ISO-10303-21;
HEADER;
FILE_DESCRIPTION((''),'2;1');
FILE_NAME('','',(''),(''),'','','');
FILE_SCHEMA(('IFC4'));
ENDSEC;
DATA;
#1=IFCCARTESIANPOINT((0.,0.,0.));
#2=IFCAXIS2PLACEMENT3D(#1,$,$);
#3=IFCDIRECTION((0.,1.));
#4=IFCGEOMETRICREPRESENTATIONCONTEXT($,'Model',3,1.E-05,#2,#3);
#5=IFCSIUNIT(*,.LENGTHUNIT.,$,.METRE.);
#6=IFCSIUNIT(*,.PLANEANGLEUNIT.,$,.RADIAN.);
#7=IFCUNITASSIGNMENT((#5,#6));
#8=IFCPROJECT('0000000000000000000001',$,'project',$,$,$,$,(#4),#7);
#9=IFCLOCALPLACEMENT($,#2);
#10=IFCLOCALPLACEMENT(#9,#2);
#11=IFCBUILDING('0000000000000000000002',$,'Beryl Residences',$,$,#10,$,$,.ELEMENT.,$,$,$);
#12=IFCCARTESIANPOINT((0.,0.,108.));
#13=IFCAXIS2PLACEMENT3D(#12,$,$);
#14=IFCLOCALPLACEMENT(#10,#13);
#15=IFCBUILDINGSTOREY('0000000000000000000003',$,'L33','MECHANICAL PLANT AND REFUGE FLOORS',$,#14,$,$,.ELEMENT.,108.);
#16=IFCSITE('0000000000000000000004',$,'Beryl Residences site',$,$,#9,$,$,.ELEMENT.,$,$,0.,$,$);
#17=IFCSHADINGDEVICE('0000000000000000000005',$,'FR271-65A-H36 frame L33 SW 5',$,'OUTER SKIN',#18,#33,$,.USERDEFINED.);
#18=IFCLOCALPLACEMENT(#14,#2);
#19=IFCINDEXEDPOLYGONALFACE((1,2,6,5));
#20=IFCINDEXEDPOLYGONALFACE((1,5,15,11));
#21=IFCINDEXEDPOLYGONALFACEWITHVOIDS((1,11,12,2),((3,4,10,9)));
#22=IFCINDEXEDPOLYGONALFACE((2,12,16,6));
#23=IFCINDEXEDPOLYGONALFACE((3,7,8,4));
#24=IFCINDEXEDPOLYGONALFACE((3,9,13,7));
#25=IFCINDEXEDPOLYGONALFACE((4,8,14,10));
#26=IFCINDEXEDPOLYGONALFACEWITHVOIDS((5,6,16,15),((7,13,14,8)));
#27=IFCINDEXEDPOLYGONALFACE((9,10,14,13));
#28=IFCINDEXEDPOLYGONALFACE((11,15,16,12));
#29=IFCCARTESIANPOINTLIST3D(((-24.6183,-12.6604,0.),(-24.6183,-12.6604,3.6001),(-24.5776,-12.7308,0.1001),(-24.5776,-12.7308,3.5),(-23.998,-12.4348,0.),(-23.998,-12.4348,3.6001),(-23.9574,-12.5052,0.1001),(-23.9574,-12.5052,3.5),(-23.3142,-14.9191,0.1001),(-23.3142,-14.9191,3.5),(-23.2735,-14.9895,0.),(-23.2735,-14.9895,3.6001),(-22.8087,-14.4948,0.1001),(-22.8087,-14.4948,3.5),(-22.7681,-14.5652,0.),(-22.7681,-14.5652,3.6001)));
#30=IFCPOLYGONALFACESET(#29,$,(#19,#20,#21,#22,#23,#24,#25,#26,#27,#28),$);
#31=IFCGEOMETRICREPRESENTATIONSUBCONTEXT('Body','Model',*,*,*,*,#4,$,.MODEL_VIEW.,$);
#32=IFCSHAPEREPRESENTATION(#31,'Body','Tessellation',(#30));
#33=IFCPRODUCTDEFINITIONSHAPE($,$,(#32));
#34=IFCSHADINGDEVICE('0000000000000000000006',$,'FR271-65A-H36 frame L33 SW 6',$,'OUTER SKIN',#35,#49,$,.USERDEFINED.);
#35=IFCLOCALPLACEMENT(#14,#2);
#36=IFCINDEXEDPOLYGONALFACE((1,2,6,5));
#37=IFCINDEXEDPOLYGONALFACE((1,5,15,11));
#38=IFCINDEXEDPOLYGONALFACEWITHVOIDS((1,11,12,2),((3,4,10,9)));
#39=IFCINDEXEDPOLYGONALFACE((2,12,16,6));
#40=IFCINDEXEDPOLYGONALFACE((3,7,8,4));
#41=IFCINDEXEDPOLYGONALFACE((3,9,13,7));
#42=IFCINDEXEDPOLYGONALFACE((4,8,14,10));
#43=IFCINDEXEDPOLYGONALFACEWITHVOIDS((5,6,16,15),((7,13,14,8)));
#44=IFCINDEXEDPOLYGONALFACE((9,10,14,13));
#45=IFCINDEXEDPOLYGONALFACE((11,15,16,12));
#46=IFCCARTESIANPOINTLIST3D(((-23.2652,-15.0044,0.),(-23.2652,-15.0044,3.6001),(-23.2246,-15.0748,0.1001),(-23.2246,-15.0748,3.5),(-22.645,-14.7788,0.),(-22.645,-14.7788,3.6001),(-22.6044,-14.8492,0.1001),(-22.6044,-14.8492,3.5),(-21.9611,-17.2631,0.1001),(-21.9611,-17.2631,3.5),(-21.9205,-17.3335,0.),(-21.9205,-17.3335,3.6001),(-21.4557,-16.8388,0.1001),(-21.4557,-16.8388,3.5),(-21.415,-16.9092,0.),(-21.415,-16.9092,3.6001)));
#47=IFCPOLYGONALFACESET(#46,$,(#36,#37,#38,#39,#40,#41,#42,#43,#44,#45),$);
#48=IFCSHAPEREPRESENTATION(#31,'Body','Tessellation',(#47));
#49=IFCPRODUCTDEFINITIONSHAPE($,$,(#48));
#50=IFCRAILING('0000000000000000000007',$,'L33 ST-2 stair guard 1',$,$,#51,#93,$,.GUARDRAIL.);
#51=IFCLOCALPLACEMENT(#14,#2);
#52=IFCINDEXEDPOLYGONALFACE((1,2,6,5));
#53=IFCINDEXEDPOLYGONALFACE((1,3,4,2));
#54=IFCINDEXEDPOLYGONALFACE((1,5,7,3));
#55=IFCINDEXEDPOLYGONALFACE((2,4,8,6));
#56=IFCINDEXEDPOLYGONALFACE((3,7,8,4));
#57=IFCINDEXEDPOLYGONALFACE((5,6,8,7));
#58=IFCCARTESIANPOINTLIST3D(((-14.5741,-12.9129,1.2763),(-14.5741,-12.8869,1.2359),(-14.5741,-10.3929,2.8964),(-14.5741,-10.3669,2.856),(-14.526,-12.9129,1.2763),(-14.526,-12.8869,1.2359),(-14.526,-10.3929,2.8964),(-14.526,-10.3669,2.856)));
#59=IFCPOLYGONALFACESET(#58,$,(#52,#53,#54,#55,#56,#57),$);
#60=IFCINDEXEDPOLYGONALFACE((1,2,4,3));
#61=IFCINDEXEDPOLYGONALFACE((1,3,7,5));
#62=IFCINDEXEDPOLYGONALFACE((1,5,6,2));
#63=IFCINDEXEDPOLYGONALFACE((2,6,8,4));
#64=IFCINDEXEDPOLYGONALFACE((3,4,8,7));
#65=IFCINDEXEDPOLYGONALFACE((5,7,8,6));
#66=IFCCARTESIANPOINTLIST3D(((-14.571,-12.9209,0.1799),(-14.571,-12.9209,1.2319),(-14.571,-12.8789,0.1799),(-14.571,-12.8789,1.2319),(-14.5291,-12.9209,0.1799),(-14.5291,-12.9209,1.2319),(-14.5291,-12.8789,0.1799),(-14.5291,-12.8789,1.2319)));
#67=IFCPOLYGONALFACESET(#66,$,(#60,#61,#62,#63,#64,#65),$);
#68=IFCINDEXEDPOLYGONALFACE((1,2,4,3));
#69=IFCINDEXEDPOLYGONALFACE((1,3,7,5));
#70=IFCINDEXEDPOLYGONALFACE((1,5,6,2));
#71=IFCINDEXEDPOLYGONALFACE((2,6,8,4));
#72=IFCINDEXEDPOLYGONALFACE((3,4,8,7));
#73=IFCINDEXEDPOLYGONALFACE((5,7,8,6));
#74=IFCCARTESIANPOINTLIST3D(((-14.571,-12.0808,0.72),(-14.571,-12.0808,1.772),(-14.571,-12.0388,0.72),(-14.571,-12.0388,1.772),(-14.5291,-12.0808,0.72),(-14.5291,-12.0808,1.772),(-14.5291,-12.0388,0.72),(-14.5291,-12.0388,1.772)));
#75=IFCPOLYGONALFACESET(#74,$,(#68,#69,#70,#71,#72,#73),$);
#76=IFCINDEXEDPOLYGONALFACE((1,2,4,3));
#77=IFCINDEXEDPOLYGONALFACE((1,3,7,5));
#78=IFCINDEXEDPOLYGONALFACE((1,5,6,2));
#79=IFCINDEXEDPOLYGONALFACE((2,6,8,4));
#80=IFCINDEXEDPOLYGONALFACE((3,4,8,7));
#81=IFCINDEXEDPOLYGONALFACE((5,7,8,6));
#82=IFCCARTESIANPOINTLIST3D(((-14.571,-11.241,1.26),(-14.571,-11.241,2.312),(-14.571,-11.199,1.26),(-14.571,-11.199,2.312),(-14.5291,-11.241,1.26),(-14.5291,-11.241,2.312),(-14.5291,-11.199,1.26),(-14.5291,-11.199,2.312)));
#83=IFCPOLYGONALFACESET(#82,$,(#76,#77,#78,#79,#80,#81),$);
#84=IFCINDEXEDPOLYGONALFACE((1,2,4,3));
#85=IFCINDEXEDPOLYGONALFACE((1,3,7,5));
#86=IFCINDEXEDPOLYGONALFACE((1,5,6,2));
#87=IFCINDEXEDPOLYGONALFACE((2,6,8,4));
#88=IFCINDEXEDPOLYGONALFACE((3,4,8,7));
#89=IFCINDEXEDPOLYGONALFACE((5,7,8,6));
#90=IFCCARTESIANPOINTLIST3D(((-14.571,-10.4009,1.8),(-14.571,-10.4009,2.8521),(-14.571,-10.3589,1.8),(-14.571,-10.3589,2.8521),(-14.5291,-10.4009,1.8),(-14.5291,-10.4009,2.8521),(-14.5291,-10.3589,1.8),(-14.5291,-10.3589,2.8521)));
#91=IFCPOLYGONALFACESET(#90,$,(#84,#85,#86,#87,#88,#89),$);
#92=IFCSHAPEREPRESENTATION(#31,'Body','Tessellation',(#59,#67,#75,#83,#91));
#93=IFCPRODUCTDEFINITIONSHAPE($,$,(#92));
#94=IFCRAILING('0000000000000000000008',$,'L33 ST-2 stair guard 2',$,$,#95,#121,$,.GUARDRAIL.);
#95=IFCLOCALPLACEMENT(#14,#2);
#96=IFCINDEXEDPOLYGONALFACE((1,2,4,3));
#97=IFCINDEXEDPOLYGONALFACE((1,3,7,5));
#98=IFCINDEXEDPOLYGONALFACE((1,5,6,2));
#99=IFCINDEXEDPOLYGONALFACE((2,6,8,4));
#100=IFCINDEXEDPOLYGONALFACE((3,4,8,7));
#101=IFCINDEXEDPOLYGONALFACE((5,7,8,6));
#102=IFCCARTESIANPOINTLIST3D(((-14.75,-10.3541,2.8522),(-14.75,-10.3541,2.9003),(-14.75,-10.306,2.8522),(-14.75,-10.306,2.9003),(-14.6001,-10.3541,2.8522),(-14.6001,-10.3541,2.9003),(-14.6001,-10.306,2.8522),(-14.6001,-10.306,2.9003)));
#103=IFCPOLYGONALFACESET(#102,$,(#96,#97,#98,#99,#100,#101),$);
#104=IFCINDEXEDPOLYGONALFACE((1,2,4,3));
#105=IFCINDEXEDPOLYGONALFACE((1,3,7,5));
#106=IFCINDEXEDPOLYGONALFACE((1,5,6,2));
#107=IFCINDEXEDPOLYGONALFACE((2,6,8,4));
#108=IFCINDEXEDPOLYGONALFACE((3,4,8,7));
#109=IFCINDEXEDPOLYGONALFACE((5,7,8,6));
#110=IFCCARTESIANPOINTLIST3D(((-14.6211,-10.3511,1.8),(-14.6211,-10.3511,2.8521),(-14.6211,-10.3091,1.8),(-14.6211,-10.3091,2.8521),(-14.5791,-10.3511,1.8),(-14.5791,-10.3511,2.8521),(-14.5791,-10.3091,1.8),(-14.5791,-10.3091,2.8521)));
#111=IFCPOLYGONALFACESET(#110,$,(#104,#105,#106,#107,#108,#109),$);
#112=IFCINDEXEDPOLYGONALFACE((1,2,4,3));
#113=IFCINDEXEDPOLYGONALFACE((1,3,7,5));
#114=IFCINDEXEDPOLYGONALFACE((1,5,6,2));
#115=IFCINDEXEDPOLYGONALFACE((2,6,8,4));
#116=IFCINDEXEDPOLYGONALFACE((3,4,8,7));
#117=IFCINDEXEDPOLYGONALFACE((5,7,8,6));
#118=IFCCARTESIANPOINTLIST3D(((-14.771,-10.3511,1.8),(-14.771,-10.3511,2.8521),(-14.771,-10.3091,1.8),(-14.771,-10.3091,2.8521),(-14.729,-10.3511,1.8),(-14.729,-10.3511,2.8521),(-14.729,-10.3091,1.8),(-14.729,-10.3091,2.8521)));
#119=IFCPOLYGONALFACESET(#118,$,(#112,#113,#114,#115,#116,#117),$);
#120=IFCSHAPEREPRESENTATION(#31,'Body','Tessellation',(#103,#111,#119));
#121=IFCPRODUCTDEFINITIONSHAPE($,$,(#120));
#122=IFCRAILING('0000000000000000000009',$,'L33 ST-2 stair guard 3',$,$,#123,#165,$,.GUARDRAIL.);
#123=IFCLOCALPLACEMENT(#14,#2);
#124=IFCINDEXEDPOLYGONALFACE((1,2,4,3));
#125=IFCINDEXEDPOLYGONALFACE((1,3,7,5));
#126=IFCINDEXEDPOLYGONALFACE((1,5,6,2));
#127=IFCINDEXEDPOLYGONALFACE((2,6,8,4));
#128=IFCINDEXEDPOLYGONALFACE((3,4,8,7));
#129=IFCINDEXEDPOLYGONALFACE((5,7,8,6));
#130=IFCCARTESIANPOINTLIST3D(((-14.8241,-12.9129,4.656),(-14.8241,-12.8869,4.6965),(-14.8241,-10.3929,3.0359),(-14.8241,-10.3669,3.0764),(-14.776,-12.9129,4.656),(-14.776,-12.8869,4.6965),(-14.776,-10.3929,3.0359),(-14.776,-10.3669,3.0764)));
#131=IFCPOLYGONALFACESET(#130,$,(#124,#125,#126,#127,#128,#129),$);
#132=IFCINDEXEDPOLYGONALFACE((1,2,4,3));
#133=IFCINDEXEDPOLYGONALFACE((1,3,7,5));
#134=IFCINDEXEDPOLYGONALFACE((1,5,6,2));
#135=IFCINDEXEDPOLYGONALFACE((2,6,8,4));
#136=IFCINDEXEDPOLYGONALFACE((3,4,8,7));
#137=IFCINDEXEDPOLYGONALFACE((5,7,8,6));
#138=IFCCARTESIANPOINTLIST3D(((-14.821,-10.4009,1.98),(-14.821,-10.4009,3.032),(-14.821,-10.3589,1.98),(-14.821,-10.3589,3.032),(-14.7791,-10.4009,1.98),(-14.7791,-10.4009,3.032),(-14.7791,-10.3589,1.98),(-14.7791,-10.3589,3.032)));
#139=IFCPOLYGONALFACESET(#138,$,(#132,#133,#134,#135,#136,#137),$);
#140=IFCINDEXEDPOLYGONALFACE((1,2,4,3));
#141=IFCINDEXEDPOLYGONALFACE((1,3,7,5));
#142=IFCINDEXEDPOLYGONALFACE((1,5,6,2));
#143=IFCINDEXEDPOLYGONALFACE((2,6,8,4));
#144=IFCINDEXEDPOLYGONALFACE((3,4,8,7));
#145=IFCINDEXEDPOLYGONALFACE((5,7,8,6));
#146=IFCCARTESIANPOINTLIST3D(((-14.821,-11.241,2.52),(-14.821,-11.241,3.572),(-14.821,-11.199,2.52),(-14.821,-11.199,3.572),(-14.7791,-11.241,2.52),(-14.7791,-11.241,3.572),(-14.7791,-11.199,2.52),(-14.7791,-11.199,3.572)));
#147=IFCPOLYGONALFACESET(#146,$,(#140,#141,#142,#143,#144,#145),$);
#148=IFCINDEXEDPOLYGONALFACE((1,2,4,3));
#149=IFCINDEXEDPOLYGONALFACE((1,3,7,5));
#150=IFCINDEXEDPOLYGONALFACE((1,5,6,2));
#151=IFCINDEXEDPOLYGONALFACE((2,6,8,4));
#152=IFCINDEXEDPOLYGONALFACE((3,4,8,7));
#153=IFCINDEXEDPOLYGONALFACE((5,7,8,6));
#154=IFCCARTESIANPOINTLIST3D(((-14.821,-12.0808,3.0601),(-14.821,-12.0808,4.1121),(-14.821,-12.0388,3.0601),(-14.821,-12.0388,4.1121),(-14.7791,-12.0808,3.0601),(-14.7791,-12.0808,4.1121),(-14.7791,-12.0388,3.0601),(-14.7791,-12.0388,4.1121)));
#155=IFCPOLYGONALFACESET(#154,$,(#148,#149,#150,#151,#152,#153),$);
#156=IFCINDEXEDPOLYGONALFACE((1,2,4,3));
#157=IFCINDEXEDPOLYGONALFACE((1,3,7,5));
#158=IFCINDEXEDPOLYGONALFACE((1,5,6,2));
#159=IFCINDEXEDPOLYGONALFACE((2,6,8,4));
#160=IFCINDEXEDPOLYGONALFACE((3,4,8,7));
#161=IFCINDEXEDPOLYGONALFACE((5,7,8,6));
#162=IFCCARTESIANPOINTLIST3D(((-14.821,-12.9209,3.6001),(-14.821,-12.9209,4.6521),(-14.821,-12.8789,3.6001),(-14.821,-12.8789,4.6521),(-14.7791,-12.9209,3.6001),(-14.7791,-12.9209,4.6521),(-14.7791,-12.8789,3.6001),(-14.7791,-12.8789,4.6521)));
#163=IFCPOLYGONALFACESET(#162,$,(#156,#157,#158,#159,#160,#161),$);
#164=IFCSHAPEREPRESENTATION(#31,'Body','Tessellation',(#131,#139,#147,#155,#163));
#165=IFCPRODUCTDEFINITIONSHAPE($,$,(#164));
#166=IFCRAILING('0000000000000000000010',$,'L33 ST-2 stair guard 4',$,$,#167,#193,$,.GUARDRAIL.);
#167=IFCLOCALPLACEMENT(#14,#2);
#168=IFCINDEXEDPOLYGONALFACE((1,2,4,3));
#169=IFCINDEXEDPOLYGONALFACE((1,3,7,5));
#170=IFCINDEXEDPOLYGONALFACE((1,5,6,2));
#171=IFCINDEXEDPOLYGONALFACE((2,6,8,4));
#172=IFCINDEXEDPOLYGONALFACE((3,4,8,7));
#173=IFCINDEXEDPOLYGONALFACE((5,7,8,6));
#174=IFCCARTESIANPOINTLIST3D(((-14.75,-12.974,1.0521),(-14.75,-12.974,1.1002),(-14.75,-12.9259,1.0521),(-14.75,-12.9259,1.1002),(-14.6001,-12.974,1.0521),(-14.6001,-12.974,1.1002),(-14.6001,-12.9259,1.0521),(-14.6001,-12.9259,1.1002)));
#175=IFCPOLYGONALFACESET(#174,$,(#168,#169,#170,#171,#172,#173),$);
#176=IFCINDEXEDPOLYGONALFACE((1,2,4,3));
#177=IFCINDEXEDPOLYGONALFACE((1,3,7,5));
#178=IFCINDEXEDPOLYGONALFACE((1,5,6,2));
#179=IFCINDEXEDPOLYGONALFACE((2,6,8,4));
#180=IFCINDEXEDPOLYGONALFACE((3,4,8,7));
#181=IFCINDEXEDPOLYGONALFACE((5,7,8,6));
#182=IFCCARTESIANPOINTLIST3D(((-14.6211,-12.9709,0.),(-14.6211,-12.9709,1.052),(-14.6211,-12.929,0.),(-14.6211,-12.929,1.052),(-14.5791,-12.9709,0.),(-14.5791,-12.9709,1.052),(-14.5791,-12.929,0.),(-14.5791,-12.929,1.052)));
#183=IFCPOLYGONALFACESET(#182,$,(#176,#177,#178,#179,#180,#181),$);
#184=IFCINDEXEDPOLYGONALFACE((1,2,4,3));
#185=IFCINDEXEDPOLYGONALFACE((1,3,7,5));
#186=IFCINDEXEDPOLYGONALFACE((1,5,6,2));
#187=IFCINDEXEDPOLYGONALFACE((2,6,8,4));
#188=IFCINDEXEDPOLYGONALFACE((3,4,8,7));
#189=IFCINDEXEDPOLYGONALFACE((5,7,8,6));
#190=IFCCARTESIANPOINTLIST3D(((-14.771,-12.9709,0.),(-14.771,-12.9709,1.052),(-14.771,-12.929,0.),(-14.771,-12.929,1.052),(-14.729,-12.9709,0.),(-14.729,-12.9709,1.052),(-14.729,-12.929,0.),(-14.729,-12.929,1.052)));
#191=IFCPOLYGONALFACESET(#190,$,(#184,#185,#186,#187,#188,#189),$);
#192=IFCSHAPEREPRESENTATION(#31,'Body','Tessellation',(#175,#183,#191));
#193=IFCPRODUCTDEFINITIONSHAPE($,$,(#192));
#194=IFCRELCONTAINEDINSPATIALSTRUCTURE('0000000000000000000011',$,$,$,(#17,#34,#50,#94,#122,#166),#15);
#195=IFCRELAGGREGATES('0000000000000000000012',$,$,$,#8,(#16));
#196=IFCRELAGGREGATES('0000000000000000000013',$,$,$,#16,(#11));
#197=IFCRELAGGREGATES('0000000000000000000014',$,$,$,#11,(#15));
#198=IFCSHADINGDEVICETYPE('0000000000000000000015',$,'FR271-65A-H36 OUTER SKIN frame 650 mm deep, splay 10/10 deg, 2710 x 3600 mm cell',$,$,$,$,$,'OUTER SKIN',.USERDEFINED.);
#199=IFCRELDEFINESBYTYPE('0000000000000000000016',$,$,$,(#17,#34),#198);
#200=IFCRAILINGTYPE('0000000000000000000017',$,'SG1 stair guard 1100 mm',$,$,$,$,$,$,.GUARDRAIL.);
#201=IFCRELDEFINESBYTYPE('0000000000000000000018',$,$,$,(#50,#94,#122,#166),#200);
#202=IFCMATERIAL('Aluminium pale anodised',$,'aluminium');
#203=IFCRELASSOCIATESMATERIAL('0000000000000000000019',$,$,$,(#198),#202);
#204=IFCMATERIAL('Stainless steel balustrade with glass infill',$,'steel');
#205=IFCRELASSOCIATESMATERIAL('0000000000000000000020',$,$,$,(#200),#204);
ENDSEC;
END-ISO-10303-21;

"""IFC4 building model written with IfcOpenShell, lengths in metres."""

from ifc_helpers import new_model, entity, si_unit, direction, frame, origin, origin_2d, place, context, subcontext, project, spatial, rectangle, extrude, source, transform, mapped, material, type_object, type_shapes, element, save


model = new_model("IFC4")

# Units and contexts
model_context = context("Model", 3, precision=1e-05, world=origin(), true_north=direction((0.0, 1.0)))
body_context = subcontext(model_context, "Body", "Model", "MODEL_VIEW")
ifc_project = project(units=[si_unit("LENGTHUNIT", "METRE"), si_unit("PLANEANGLEUNIT", "RADIAN")], contexts=[model_context])

# Site, building, storey
site_placement = place(None, origin())
site = spatial("IfcSite", under=ifc_project, at=site_placement, Name="Beryl Residences site", CompositionType="ELEMENT", RefElevation=0.0)
building_placement = place(site_placement, origin())
building = spatial("IfcBuilding", under=site, at=building_placement, Name="Beryl Residences", CompositionType="ELEMENT")
storey_placement = place(building_placement, frame((0.0, 0.0, 108.0)))
storey = spatial("IfcBuildingStorey", under=building, at=storey_placement, Name="L33", Description="MECHANICAL PLANT AND REFUGE FLOORS", CompositionType="ELEMENT", Elevation=108.0)

# Shading devices
ifc_material_1 = material(Name="Aluminium pale anodised", Category="aluminium")
shading_device_type = type_object("IfcShadingDeviceType", Name="FR271-65A-H36 OUTER SKIN frame 650 mm deep, splay 10/10 deg, 2710 x 3600 mm cell", ElementType="OUTER SKIN", PredefinedType="USERDEFINED", material=ifc_material_1)
cartesian_point_1 = entity("IfcCartesianPoint", [-1.23, 0.0])
cartesian_point_2 = entity("IfcCartesianPoint", [-1.1487, 0.1001])
cartesian_point_3 = entity("IfcCartesianPoint", [-1.3447, 0.0])
cartesian_point_4 = entity("IfcCartesianPoint", [-1.2634, 0.1001])
shared_shape = source(origin(), body_context, "Body", "SweptSolid", [
    entity("IfcExtrudedAreaSolidTapered", entity("IfcArbitraryProfileDefWithVoids", "AREA", None, entity("IfcPolyline", [cartesian_point_1, entity("IfcCartesianPoint", [1.23, 0.0]), entity("IfcCartesianPoint", [1.23, 3.6001]), entity("IfcCartesianPoint", [-1.23, 3.6001]), cartesian_point_1]), [entity("IfcPolyline", [cartesian_point_2, entity("IfcCartesianPoint", [1.1487, 0.1001]), entity("IfcCartesianPoint", [1.1487, 3.5]), entity("IfcCartesianPoint", [-1.1487, 3.5]), cartesian_point_2])]), entity("IfcAxis2Placement3D", entity("IfcCartesianPoint", [0.0, 0.0, 0.0]), entity("IfcDirection", [0.0, 1.0, 0.0]), entity("IfcDirection", [-1.0, 0.0, 0.0])), entity("IfcDirection", [0.0, 0.0, 1.0]), 0.6499, entity("IfcArbitraryProfileDefWithVoids", "AREA", None, entity("IfcPolyline", [cartesian_point_3, entity("IfcCartesianPoint", [1.3447, 0.0]), entity("IfcCartesianPoint", [1.3447, 3.6001]), entity("IfcCartesianPoint", [-1.3447, 3.6001]), cartesian_point_3]), [entity("IfcPolyline", [cartesian_point_4, entity("IfcCartesianPoint", [1.2634, 0.1001]), entity("IfcCartesianPoint", [1.2634, 3.5]), entity("IfcCartesianPoint", [-1.2634, 3.5]), cartesian_point_4])])),
])
type_shapes(shading_device_type, [shared_shape])
for number, where, z_axis, x_axis, name in (
    (1, (-23.3831, -13.5, 0.0), (0.0, 0.0, 1.0), (-0.5, 0.866025, 0.0), "FR271-65A-H36 frame L33 SW 5"),
    (2, (-22.03, -15.844, 0.0), (0.0, 0.0, 1.0), (-0.5, 0.866025, 0.0), "FR271-65A-H36 frame L33 SW 6"),
):
    element("IfcShadingDevice", number, at=place(storey_placement, frame(where, z_axis=z_axis, x_axis=x_axis)), inside=storey, type_object=shading_device_type, Name=name, ObjectType="OUTER SKIN", PredefinedType="USERDEFINED", context=body_context, shape_type="MappedRepresentation", body=[
        mapped(shared_shape, transform((0.0, 0.0, 0.0))),
    ])

# Railings
ifc_material_2 = material(Name="Stainless steel balustrade with glass infill", Category="steel")
railing_type_1 = type_object("IfcRailingType", Name="SG1 stair guard 1100 mm", PredefinedType="GUARDRAIL", material=ifc_material_2)
railing_1_placement = place(storey_placement, frame((-14.55, -12.8999, 0.1799)))
element("IfcRailing", 3, at=railing_1_placement, inside=storey, type_object=railing_type_1, Name="L33 ST-2 stair guard 1", PredefinedType="GUARDRAIL", context=body_context, shape_type="SweptSolid", body=[
    extrude(rectangle(XDim=0.0481, YDim=0.0481, at=origin_2d()), frame((0.0, 0.0, 1.0762), z_axis=(0.0, 0.841163, 0.540782), x_axis=(-1.0, 0.0, 0.0)), (0.0, 0.0, 1.0), 2.9958),
    extrude(rectangle(XDim=0.042, YDim=0.042, at=origin_2d()), origin(), (0.0, 0.0, 1.0), 1.052),
    extrude(rectangle(XDim=0.042, YDim=0.042, at=origin_2d()), frame((0.0, 0.8401, 0.54)), (0.0, 0.0, 1.0), 1.052),
    extrude(rectangle(XDim=0.042, YDim=0.042, at=origin_2d()), frame((0.0, 1.6799, 1.0801)), (0.0, 0.0, 1.0), 1.052),
    extrude(rectangle(XDim=0.042, YDim=0.042, at=origin_2d()), frame((0.0, 2.52, 1.6201)), (0.0, 0.0, 1.0), 1.052),
])
railing_2_placement = place(storey_placement, frame((-14.6001, -10.3301, 1.8)))
element("IfcRailing", 4, at=railing_2_placement, inside=storey, type_object=railing_type_1, Name="L33 ST-2 stair guard 2", PredefinedType="GUARDRAIL", context=body_context, shape_type="SweptSolid", body=[
    extrude(rectangle(XDim=0.0481, YDim=0.0481, at=origin_2d()), frame((0.0, 0.0, 1.0762), z_axis=(-1.0, 0.0, 0.0), x_axis=(0.0, -1.0, 0.0)), (0.0, 0.0, 1.0), 0.1499),
    extrude(rectangle(XDim=0.042, YDim=0.042, at=origin_2d()), origin(), (0.0, 0.0, 1.0), 1.052),
    extrude(rectangle(XDim=0.042, YDim=0.042, at=origin_2d()), frame((-0.1499, 0.0, 0.0)), (0.0, 0.0, 1.0), 1.052),
])
railing_3_placement = place(storey_placement, frame((-14.8, -10.3799, 1.98)))
element("IfcRailing", 5, at=railing_3_placement, inside=storey, type_object=railing_type_1, Name="L33 ST-2 stair guard 3", PredefinedType="GUARDRAIL", context=body_context, shape_type="SweptSolid", body=[
    extrude(rectangle(XDim=0.0481, YDim=0.0481, at=origin_2d()), frame((0.0, 0.0, 1.0762), z_axis=(0.0, -0.841163, 0.540782), x_axis=(1.0, 0.0, 0.0)), (0.0, 0.0, 1.0), 2.9958),
    extrude(rectangle(XDim=0.042, YDim=0.042, at=origin_2d()), origin(), (0.0, 0.0, 1.0), 1.052),
    extrude(rectangle(XDim=0.042, YDim=0.042, at=origin_2d()), frame((0.0, -0.8401, 0.54)), (0.0, 0.0, 1.0), 1.052),
    extrude(rectangle(XDim=0.042, YDim=0.042, at=origin_2d()), frame((0.0, -1.6799, 1.0801)), (0.0, 0.0, 1.0), 1.052),
    extrude(rectangle(XDim=0.042, YDim=0.042, at=origin_2d()), frame((0.0, -2.52, 1.6201)), (0.0, 0.0, 1.0), 1.052),
])
railing_4_placement = place(storey_placement, frame((-14.6001, -12.95, 0.0)))
element("IfcRailing", 6, at=railing_4_placement, inside=storey, type_object=railing_type_1, Name="L33 ST-2 stair guard 4", PredefinedType="GUARDRAIL", context=body_context, shape_type="SweptSolid", body=[
    extrude(rectangle(XDim=0.0481, YDim=0.0481, at=origin_2d()), frame((0.0, 0.0, 1.0762), z_axis=(-1.0, 0.0, 0.0), x_axis=(0.0, -1.0, 0.0)), (0.0, 0.0, 1.0), 0.1499),
    extrude(rectangle(XDim=0.042, YDim=0.042, at=origin_2d()), origin(), (0.0, 0.0, 1.0), 1.052),
    extrude(rectangle(XDim=0.042, YDim=0.042, at=origin_2d()), frame((-0.1499, 0.0, 0.0)), (0.0, 0.0, 1.0), 1.052),
])

save(model, "model.ifc")
